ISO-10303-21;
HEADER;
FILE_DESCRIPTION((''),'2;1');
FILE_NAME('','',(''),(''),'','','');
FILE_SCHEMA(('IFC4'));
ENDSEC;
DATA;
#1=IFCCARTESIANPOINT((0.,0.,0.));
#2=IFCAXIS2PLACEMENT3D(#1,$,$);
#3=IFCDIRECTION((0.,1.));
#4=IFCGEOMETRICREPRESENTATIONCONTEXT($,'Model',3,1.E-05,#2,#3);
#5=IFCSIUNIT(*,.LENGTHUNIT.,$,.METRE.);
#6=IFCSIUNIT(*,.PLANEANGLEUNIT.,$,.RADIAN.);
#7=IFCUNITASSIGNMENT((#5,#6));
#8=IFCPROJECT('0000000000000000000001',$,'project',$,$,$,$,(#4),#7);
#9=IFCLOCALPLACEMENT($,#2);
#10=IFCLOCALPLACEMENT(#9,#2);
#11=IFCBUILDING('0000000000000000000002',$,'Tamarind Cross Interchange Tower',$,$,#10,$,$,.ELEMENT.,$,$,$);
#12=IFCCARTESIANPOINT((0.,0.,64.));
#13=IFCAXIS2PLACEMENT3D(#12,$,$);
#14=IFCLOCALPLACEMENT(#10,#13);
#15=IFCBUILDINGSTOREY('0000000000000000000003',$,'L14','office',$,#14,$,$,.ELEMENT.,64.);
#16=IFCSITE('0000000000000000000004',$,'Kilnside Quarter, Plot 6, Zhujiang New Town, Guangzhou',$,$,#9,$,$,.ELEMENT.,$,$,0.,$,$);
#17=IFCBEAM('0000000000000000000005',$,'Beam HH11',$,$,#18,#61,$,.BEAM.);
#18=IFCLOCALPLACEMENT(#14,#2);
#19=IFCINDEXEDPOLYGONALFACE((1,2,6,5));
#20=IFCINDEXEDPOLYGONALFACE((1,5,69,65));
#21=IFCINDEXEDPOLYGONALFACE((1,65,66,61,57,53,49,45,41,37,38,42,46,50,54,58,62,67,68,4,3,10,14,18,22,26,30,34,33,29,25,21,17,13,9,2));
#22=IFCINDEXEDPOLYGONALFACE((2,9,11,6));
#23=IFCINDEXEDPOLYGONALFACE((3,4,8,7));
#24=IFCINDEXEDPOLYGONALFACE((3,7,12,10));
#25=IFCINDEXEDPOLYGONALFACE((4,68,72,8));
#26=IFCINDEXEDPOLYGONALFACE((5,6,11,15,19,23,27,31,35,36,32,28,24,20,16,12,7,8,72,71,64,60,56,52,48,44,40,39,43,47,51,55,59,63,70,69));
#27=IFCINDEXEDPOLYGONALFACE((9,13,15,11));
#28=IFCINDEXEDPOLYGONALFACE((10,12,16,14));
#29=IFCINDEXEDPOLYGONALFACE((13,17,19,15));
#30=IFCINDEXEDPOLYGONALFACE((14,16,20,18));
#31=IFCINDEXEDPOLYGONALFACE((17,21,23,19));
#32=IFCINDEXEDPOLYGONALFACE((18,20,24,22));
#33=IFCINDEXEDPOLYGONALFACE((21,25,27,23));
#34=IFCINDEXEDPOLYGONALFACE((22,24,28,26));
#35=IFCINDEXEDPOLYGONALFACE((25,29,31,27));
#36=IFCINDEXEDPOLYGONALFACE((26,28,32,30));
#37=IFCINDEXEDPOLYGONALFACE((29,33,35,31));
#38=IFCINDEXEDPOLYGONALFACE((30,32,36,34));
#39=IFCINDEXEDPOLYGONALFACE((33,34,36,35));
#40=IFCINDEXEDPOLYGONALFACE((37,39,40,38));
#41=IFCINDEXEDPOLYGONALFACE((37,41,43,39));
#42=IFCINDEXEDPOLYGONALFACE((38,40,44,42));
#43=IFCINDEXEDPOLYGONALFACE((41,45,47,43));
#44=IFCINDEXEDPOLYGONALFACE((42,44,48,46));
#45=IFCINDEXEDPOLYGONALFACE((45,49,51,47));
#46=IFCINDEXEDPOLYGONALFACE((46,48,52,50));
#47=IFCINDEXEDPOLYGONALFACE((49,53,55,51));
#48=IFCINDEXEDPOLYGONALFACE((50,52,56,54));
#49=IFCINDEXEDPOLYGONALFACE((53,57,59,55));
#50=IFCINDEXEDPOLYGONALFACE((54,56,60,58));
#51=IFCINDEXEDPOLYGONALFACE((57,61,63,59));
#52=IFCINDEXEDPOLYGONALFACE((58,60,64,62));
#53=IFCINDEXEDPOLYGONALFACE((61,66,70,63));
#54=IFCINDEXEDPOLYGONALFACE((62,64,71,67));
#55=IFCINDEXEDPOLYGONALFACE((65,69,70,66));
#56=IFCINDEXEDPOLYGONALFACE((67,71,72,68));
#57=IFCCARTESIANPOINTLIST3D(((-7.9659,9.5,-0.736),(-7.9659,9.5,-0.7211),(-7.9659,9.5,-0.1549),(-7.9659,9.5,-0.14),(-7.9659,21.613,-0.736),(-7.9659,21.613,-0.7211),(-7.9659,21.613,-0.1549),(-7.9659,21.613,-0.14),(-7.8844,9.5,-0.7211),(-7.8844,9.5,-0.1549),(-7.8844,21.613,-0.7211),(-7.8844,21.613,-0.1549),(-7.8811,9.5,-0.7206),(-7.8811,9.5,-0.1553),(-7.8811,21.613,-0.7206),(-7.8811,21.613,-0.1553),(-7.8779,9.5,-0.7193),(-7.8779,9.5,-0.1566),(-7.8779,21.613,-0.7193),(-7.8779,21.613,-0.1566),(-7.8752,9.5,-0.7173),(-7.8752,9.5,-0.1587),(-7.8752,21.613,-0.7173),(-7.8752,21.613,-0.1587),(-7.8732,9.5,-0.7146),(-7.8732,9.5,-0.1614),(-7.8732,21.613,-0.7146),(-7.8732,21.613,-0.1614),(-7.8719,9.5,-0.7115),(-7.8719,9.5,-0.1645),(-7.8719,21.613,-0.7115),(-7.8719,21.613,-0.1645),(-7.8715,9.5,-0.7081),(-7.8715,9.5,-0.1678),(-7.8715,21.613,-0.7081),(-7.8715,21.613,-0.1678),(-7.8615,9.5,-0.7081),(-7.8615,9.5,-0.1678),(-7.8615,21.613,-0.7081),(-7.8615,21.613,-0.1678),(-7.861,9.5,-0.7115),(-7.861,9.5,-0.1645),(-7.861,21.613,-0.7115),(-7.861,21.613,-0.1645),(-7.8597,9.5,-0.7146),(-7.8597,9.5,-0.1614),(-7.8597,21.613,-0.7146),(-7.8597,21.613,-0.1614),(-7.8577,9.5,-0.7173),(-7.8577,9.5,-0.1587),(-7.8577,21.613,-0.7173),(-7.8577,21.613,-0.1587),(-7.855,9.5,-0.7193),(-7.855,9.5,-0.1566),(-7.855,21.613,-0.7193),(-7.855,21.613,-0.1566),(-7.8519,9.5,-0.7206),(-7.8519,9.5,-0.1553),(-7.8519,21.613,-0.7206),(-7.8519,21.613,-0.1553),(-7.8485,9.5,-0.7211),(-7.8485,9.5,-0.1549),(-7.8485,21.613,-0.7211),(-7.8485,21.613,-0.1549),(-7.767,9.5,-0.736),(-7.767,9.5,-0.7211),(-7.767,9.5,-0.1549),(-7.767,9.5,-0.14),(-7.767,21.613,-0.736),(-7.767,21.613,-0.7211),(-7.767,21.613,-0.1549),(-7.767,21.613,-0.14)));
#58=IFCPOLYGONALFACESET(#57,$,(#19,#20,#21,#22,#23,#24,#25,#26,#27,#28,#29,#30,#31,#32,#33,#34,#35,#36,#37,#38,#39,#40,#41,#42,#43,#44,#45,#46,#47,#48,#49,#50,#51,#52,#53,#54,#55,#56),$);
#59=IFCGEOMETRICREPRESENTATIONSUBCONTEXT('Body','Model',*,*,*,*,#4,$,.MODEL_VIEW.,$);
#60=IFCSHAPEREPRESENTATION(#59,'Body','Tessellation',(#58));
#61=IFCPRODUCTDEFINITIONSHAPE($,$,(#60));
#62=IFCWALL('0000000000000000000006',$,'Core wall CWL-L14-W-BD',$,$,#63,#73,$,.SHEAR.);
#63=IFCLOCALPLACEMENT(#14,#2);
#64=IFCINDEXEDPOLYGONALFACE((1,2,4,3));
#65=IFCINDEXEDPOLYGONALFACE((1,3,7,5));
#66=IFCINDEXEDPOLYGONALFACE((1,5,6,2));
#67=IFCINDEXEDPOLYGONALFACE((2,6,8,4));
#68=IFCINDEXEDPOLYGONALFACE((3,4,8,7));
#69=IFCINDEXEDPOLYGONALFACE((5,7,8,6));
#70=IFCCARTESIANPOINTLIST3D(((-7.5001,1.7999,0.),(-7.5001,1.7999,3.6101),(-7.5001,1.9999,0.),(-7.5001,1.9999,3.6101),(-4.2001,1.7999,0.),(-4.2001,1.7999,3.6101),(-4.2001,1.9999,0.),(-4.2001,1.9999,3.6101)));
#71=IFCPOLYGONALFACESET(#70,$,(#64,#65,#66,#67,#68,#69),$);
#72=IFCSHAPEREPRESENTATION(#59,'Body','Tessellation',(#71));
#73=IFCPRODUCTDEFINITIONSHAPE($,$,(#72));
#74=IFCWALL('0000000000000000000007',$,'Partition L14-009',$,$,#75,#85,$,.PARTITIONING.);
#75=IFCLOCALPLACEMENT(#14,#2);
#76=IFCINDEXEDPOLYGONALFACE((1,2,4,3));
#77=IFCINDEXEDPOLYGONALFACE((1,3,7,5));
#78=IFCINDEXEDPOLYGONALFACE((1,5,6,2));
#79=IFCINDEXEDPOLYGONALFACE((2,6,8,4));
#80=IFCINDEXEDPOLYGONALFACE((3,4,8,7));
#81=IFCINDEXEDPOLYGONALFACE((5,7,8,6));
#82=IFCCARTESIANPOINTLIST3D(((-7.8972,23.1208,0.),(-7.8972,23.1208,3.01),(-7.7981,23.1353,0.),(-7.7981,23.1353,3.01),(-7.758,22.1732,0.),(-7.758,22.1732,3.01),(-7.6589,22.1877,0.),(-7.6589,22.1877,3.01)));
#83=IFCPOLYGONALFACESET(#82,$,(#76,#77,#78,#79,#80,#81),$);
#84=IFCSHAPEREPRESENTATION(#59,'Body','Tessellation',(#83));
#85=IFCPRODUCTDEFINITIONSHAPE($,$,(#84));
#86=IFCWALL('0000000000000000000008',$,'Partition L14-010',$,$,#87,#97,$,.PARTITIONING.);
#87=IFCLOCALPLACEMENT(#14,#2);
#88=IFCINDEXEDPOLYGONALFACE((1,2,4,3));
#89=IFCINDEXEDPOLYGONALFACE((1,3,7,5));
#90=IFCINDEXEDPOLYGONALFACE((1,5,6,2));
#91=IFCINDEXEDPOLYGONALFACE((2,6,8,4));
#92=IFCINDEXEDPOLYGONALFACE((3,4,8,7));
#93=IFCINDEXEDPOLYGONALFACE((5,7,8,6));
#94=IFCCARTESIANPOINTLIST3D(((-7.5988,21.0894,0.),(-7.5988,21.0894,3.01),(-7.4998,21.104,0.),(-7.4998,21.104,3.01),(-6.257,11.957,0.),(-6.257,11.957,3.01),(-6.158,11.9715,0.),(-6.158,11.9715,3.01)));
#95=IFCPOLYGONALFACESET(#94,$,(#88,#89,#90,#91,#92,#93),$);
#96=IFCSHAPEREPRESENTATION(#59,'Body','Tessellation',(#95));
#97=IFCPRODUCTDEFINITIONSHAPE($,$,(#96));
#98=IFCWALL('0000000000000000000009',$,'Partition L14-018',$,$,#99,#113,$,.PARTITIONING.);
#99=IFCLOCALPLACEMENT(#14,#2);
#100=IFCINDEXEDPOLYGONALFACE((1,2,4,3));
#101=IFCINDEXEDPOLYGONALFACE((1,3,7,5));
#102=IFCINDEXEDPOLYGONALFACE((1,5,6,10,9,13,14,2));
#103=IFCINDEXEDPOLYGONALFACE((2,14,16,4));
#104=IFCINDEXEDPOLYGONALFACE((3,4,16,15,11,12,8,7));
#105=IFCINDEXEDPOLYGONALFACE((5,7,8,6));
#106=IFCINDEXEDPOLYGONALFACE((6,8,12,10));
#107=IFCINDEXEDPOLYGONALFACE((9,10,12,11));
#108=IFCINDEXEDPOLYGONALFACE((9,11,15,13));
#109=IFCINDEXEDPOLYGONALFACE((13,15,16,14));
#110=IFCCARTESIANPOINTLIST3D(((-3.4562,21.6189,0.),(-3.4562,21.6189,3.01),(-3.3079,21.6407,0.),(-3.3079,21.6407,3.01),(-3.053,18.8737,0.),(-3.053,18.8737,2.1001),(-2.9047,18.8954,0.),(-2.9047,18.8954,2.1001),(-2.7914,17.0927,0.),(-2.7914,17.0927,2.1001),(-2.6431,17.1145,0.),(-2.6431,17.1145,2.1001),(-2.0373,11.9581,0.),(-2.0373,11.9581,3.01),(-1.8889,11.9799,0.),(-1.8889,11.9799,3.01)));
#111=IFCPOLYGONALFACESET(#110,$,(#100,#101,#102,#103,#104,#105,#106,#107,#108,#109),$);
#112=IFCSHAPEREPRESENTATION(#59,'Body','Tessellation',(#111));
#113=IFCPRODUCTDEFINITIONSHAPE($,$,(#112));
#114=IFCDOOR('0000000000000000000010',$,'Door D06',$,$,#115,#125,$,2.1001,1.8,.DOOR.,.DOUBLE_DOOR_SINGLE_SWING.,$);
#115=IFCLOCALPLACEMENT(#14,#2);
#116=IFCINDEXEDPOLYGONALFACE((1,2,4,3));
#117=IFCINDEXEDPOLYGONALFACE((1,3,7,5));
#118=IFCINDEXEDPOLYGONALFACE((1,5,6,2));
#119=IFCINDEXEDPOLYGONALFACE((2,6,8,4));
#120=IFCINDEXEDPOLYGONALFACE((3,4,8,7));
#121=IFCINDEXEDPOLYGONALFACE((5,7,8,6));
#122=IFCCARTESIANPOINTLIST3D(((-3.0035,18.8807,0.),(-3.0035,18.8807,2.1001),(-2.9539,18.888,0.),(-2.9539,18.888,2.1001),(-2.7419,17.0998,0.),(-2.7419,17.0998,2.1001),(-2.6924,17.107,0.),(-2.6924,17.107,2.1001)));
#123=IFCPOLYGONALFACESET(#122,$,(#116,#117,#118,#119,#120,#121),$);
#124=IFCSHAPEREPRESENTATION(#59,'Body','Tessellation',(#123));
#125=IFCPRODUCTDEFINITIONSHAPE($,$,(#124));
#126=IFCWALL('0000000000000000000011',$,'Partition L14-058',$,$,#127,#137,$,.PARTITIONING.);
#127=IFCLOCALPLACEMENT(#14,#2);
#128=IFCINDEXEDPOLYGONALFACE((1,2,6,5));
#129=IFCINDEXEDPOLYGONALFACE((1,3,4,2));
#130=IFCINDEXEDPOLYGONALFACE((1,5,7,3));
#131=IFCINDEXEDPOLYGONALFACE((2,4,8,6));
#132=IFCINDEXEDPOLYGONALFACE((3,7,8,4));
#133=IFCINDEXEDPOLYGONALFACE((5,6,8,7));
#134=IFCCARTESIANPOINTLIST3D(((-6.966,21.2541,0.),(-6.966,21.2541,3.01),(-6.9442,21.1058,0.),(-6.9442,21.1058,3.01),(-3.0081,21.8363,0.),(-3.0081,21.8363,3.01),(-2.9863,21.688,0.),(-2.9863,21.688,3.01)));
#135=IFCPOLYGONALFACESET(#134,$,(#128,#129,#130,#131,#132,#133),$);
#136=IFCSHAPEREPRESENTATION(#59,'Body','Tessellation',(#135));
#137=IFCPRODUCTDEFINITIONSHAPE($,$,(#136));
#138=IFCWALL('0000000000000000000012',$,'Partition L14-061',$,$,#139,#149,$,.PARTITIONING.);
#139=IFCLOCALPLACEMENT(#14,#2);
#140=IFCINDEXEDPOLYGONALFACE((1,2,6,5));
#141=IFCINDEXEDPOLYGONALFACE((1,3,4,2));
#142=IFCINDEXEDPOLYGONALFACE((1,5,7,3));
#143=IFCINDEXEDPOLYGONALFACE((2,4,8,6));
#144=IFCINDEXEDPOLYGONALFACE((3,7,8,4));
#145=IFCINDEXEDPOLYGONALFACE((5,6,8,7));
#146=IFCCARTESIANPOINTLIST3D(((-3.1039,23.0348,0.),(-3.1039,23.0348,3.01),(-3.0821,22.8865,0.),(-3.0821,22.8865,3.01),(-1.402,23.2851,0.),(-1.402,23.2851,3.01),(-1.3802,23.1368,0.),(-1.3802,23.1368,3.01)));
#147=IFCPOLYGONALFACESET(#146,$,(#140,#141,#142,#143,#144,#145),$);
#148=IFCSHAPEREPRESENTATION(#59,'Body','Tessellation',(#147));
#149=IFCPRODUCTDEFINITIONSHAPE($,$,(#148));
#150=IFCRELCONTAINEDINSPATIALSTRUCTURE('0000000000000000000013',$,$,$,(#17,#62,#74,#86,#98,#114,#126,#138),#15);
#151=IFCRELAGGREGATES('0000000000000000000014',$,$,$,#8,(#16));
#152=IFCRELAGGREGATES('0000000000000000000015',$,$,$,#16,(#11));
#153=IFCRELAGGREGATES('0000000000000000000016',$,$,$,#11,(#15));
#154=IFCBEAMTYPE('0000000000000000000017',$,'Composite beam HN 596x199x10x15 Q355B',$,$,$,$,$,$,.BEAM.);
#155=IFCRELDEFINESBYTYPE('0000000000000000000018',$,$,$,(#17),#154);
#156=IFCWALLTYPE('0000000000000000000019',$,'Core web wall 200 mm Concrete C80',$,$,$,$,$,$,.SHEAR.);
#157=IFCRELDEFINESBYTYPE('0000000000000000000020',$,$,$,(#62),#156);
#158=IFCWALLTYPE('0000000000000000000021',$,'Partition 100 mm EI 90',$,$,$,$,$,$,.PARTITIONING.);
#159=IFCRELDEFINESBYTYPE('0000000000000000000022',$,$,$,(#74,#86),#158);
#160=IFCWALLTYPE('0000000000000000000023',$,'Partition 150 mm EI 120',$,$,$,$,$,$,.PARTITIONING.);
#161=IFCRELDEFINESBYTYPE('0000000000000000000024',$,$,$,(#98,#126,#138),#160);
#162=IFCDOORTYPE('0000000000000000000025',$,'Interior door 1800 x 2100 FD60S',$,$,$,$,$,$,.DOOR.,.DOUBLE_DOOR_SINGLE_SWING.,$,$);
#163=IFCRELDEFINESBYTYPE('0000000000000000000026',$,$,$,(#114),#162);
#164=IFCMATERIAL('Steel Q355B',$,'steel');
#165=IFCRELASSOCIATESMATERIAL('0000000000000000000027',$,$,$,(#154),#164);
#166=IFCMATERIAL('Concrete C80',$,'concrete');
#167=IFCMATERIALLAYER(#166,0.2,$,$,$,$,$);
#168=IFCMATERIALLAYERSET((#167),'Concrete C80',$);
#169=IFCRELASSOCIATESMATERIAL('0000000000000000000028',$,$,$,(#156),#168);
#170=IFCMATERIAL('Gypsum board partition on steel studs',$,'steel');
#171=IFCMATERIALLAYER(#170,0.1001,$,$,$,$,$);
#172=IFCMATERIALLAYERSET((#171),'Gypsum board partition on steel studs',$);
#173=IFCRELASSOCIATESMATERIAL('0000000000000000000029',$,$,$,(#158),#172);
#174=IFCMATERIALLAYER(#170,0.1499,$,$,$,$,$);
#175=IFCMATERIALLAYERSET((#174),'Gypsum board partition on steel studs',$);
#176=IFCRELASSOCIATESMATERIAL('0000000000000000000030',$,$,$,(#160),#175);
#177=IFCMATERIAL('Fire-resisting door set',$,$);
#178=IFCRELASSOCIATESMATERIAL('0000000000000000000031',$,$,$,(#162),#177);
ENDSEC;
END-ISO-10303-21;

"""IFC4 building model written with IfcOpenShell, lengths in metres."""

from ifc_helpers import new_model, si_unit, direction, frame, frame_2d, origin, origin_2d, place, context, subcontext, project, spatial, rectangle, i_section, extrude, material, layer, layer_set, material_profile, profile_set, type_object, element, fill, save


model = new_model("IFC4")

# Units and contexts
model_context = context("Model", 3, precision=1e-05, world=origin(), true_north=direction((0.0, 1.0)))
body_context = subcontext(model_context, "Body", "Model", "MODEL_VIEW")
ifc_project = project(units=[si_unit("LENGTHUNIT", "METRE"), si_unit("PLANEANGLEUNIT", "RADIAN")], contexts=[model_context])

# Site, building, storey
site_placement = place(None, origin())
site = spatial("IfcSite", under=ifc_project, at=site_placement, Name="Kilnside Quarter, Plot 6, Zhujiang New Town, Guangzhou", CompositionType="ELEMENT", RefElevation=0.0)
building_placement = place(site_placement, origin())
building = spatial("IfcBuilding", under=site, at=building_placement, Name="Tamarind Cross Interchange Tower", CompositionType="ELEMENT")
storey_placement = place(building_placement, frame((0.0, 0.0, 64.0)))
storey = spatial("IfcBuildingStorey", under=building, at=storey_placement, Name="L14", Description="office", CompositionType="ELEMENT", Elevation=64.0)

# Beam
ifc_material_1 = material(Name="Steel Q355B", Category="steel")
ifc_material_profile_1 = material_profile(ifc_material_1, i_section(OverallWidth=0.199, OverallDepth=0.5959, WebThickness=0.01, FlangeThickness=0.0149, FilletRadius=0.0129, at=origin_2d()), Name="HN 596x199x10x15")
ifc_profile_set_1 = profile_set([ifc_material_profile_1], Name="Steel Q355B")
beam_type_1 = type_object("IfcBeamType", Name="Composite beam HN 596x199x10x15 Q355B", PredefinedType="BEAM", material=ifc_profile_set_1)
beam_1_placement = place(storey_placement, frame((-7.8665, 21.613, -0.438), z_axis=(0.0, -1.0, 0.0), x_axis=(1.0, 0.0, 0.0)))
element("IfcBeam", 1, at=beam_1_placement, inside=storey, type_object=beam_type_1, Name="Beam HH11", PredefinedType="BEAM", context=body_context, shape_type="SweptSolid", body=[
    extrude(i_section(OverallWidth=0.199, OverallDepth=0.5959, WebThickness=0.01, FlangeThickness=0.0149, FilletRadius=0.0129, at=origin_2d()), origin(), (0.0, 0.0, 1.0), 12.113),
])

# Walls
ifc_material_2 = material(Name="Concrete C80", Category="concrete")
ifc_layer_1 = layer(ifc_material_2, 0.2)
ifc_layer_set_1 = layer_set([ifc_layer_1], Name="Concrete C80")
wall_type_1 = type_object("IfcWallType", Name="Core web wall 200 mm Concrete C80", PredefinedType="SHEAR", material=ifc_layer_set_1)
wall_1_placement = place(storey_placement, frame((-7.5, 1.8999, 0.0), z_axis=(0.0, 0.0, 1.0), x_axis=(1.0, 0.0, 0.0)))
element("IfcWall", 2, at=wall_1_placement, inside=storey, type_object=wall_type_1, Name="Core wall CWL-L14-W-BD", PredefinedType="SHEAR", context=body_context, shape_type="SweptSolid", body=[
    extrude(rectangle(XDim=3.3, YDim=0.2, at=frame_2d((1.6499, 0.0))), origin(), (0.0, 0.0, 1.0), 3.6101),
])
ifc_material_3 = material(Name="Gypsum board partition on steel studs", Category="steel")
ifc_layer_2 = layer(ifc_material_3, 0.1001)
ifc_layer_set_2 = layer_set([ifc_layer_2], Name="Gypsum board partition on steel studs")
wall_type_2 = type_object("IfcWallType", Name="Partition 100 mm EI 90", PredefinedType="PARTITIONING", material=ifc_layer_set_2)
wall_2_placement = place(storey_placement, frame((-7.8477, 23.1282, 0.0), z_axis=(0.0, 0.0, 1.0), x_axis=(0.145311, -0.989386, 0.0)))
element("IfcWall", 3, at=wall_2_placement, inside=storey, type_object=wall_type_2, Name="Partition L14-009", PredefinedType="PARTITIONING", context=body_context, shape_type="SweptSolid", body=[
    extrude(rectangle(XDim=0.9578, YDim=0.1001, at=frame_2d((0.479, 0.0))), origin(), (0.0, 0.0, 1.0), 3.01),
])
wall_3_placement = place(storey_placement, frame((-7.5493, 21.0967, 0.0), z_axis=(0.0, 0.0, 1.0), x_axis=(0.145368, -0.989378, 0.0)))
element("IfcWall", 4, at=wall_3_placement, inside=storey, type_object=wall_type_2, Name="Partition L14-010", PredefinedType="PARTITIONING", context=body_context, shape_type="SweptSolid", body=[
    extrude(rectangle(XDim=9.2305, YDim=0.1001, at=frame_2d((4.6152, 0.0))), origin(), (0.0, 0.0, 1.0), 3.01),
])

# Wall, opening, door
ifc_layer_3 = layer(ifc_material_3, 0.1499)
ifc_layer_set_3 = layer_set([ifc_layer_3], Name="Gypsum board partition on steel studs")
wall_type_3 = type_object("IfcWallType", Name="Partition 150 mm EI 120", PredefinedType="PARTITIONING", material=ifc_layer_set_3)
wall_4_placement = place(storey_placement, frame((-3.3821, 21.6299, 0.0), z_axis=(0.0, 0.0, 1.0), x_axis=(0.14532, -0.989385, 0.0)))
wall_4 = element("IfcWall", 5, at=wall_4_placement, inside=storey, type_object=wall_type_3, Name="Partition L14-018", PredefinedType="PARTITIONING", context=body_context, shape_type="SweptSolid", body=[
    extrude(rectangle(XDim=9.7644, YDim=0.1499, at=frame_2d((4.8823, 0.0))), origin(), (0.0, 0.0, 1.0), 3.01),
])
opening_placement = place(wall_4_placement, frame((2.7749, 0.0, 0.0)))
opening = element("IfcOpeningElement", 6, at=opening_placement, cuts=wall_4, PredefinedType="OPENING", context=body_context, shape_type="SweptSolid", body=[
    extrude(rectangle(XDim=1.8, YDim=2.1001, at=frame_2d((0.8999, 1.05))), frame((0.0, 0.085, 0.0), z_axis=(0.0, -1.0, 0.0), x_axis=(1.0, 0.0, 0.0)), (0.0, 0.0, 1.0), 0.1699),
])
ifc_material_4 = material(Name="Fire-resisting door set")
door_type = type_object("IfcDoorType", Name="Interior door 1800 x 2100 FD60S", OperationType="DOUBLE_DOOR_SINGLE_SWING", PredefinedType="DOOR", material=ifc_material_4)
door_placement = place(opening_placement, frame((1.8, 0.0, 0.0), z_axis=(0.0, 0.0, 1.0), x_axis=(-1.0, 0.0, 0.0)))
door = element("IfcDoor", 7, at=door_placement, inside=storey, type_object=door_type, Name="Door D06", OperationType="DOUBLE_DOOR_SINGLE_SWING", OverallHeight=2.1001, OverallWidth=1.8, PredefinedType="DOOR", context=body_context, shape_type="SweptSolid", body=[
    extrude(rectangle(XDim=1.8, YDim=2.1001, at=frame_2d((0.8999, 1.05))), frame((0.0, 0.0249, 0.0), z_axis=(0.0, -1.0, 0.0), x_axis=(1.0, 0.0, 0.0)), (0.0, 0.0, 1.0), 0.05),
])
fill(opening, door)

# Walls
wall_5_placement = place(storey_placement, frame((-6.9551, 21.1799, 0.0), z_axis=(0.0, 0.0, 1.0), x_axis=(0.989351, 0.145547, 0.0)))
element("IfcWall", 8, at=wall_5_placement, inside=storey, type_object=wall_type_3, Name="Partition L14-058", PredefinedType="PARTITIONING", context=body_context, shape_type="SweptSolid", body=[
    extrude(rectangle(XDim=4.0005, YDim=0.1499, at=frame_2d((2.0002, 0.0))), origin(), (0.0, 0.0, 1.0), 3.01),
])
wall_6_placement = place(storey_placement, frame((-3.093, 22.9607, 0.0), z_axis=(0.0, 0.0, 1.0), x_axis=(0.989362, 0.145474, 0.0)))
element("IfcWall", 9, at=wall_6_placement, inside=storey, type_object=wall_type_3, Name="Partition L14-061", PredefinedType="PARTITIONING", context=body_context, shape_type="SweptSolid", body=[
    extrude(rectangle(XDim=1.7202, YDim=0.1499, at=frame_2d((0.8601, 0.0))), origin(), (0.0, 0.0, 1.0), 3.01),
])

save(model, "model.ifc")
